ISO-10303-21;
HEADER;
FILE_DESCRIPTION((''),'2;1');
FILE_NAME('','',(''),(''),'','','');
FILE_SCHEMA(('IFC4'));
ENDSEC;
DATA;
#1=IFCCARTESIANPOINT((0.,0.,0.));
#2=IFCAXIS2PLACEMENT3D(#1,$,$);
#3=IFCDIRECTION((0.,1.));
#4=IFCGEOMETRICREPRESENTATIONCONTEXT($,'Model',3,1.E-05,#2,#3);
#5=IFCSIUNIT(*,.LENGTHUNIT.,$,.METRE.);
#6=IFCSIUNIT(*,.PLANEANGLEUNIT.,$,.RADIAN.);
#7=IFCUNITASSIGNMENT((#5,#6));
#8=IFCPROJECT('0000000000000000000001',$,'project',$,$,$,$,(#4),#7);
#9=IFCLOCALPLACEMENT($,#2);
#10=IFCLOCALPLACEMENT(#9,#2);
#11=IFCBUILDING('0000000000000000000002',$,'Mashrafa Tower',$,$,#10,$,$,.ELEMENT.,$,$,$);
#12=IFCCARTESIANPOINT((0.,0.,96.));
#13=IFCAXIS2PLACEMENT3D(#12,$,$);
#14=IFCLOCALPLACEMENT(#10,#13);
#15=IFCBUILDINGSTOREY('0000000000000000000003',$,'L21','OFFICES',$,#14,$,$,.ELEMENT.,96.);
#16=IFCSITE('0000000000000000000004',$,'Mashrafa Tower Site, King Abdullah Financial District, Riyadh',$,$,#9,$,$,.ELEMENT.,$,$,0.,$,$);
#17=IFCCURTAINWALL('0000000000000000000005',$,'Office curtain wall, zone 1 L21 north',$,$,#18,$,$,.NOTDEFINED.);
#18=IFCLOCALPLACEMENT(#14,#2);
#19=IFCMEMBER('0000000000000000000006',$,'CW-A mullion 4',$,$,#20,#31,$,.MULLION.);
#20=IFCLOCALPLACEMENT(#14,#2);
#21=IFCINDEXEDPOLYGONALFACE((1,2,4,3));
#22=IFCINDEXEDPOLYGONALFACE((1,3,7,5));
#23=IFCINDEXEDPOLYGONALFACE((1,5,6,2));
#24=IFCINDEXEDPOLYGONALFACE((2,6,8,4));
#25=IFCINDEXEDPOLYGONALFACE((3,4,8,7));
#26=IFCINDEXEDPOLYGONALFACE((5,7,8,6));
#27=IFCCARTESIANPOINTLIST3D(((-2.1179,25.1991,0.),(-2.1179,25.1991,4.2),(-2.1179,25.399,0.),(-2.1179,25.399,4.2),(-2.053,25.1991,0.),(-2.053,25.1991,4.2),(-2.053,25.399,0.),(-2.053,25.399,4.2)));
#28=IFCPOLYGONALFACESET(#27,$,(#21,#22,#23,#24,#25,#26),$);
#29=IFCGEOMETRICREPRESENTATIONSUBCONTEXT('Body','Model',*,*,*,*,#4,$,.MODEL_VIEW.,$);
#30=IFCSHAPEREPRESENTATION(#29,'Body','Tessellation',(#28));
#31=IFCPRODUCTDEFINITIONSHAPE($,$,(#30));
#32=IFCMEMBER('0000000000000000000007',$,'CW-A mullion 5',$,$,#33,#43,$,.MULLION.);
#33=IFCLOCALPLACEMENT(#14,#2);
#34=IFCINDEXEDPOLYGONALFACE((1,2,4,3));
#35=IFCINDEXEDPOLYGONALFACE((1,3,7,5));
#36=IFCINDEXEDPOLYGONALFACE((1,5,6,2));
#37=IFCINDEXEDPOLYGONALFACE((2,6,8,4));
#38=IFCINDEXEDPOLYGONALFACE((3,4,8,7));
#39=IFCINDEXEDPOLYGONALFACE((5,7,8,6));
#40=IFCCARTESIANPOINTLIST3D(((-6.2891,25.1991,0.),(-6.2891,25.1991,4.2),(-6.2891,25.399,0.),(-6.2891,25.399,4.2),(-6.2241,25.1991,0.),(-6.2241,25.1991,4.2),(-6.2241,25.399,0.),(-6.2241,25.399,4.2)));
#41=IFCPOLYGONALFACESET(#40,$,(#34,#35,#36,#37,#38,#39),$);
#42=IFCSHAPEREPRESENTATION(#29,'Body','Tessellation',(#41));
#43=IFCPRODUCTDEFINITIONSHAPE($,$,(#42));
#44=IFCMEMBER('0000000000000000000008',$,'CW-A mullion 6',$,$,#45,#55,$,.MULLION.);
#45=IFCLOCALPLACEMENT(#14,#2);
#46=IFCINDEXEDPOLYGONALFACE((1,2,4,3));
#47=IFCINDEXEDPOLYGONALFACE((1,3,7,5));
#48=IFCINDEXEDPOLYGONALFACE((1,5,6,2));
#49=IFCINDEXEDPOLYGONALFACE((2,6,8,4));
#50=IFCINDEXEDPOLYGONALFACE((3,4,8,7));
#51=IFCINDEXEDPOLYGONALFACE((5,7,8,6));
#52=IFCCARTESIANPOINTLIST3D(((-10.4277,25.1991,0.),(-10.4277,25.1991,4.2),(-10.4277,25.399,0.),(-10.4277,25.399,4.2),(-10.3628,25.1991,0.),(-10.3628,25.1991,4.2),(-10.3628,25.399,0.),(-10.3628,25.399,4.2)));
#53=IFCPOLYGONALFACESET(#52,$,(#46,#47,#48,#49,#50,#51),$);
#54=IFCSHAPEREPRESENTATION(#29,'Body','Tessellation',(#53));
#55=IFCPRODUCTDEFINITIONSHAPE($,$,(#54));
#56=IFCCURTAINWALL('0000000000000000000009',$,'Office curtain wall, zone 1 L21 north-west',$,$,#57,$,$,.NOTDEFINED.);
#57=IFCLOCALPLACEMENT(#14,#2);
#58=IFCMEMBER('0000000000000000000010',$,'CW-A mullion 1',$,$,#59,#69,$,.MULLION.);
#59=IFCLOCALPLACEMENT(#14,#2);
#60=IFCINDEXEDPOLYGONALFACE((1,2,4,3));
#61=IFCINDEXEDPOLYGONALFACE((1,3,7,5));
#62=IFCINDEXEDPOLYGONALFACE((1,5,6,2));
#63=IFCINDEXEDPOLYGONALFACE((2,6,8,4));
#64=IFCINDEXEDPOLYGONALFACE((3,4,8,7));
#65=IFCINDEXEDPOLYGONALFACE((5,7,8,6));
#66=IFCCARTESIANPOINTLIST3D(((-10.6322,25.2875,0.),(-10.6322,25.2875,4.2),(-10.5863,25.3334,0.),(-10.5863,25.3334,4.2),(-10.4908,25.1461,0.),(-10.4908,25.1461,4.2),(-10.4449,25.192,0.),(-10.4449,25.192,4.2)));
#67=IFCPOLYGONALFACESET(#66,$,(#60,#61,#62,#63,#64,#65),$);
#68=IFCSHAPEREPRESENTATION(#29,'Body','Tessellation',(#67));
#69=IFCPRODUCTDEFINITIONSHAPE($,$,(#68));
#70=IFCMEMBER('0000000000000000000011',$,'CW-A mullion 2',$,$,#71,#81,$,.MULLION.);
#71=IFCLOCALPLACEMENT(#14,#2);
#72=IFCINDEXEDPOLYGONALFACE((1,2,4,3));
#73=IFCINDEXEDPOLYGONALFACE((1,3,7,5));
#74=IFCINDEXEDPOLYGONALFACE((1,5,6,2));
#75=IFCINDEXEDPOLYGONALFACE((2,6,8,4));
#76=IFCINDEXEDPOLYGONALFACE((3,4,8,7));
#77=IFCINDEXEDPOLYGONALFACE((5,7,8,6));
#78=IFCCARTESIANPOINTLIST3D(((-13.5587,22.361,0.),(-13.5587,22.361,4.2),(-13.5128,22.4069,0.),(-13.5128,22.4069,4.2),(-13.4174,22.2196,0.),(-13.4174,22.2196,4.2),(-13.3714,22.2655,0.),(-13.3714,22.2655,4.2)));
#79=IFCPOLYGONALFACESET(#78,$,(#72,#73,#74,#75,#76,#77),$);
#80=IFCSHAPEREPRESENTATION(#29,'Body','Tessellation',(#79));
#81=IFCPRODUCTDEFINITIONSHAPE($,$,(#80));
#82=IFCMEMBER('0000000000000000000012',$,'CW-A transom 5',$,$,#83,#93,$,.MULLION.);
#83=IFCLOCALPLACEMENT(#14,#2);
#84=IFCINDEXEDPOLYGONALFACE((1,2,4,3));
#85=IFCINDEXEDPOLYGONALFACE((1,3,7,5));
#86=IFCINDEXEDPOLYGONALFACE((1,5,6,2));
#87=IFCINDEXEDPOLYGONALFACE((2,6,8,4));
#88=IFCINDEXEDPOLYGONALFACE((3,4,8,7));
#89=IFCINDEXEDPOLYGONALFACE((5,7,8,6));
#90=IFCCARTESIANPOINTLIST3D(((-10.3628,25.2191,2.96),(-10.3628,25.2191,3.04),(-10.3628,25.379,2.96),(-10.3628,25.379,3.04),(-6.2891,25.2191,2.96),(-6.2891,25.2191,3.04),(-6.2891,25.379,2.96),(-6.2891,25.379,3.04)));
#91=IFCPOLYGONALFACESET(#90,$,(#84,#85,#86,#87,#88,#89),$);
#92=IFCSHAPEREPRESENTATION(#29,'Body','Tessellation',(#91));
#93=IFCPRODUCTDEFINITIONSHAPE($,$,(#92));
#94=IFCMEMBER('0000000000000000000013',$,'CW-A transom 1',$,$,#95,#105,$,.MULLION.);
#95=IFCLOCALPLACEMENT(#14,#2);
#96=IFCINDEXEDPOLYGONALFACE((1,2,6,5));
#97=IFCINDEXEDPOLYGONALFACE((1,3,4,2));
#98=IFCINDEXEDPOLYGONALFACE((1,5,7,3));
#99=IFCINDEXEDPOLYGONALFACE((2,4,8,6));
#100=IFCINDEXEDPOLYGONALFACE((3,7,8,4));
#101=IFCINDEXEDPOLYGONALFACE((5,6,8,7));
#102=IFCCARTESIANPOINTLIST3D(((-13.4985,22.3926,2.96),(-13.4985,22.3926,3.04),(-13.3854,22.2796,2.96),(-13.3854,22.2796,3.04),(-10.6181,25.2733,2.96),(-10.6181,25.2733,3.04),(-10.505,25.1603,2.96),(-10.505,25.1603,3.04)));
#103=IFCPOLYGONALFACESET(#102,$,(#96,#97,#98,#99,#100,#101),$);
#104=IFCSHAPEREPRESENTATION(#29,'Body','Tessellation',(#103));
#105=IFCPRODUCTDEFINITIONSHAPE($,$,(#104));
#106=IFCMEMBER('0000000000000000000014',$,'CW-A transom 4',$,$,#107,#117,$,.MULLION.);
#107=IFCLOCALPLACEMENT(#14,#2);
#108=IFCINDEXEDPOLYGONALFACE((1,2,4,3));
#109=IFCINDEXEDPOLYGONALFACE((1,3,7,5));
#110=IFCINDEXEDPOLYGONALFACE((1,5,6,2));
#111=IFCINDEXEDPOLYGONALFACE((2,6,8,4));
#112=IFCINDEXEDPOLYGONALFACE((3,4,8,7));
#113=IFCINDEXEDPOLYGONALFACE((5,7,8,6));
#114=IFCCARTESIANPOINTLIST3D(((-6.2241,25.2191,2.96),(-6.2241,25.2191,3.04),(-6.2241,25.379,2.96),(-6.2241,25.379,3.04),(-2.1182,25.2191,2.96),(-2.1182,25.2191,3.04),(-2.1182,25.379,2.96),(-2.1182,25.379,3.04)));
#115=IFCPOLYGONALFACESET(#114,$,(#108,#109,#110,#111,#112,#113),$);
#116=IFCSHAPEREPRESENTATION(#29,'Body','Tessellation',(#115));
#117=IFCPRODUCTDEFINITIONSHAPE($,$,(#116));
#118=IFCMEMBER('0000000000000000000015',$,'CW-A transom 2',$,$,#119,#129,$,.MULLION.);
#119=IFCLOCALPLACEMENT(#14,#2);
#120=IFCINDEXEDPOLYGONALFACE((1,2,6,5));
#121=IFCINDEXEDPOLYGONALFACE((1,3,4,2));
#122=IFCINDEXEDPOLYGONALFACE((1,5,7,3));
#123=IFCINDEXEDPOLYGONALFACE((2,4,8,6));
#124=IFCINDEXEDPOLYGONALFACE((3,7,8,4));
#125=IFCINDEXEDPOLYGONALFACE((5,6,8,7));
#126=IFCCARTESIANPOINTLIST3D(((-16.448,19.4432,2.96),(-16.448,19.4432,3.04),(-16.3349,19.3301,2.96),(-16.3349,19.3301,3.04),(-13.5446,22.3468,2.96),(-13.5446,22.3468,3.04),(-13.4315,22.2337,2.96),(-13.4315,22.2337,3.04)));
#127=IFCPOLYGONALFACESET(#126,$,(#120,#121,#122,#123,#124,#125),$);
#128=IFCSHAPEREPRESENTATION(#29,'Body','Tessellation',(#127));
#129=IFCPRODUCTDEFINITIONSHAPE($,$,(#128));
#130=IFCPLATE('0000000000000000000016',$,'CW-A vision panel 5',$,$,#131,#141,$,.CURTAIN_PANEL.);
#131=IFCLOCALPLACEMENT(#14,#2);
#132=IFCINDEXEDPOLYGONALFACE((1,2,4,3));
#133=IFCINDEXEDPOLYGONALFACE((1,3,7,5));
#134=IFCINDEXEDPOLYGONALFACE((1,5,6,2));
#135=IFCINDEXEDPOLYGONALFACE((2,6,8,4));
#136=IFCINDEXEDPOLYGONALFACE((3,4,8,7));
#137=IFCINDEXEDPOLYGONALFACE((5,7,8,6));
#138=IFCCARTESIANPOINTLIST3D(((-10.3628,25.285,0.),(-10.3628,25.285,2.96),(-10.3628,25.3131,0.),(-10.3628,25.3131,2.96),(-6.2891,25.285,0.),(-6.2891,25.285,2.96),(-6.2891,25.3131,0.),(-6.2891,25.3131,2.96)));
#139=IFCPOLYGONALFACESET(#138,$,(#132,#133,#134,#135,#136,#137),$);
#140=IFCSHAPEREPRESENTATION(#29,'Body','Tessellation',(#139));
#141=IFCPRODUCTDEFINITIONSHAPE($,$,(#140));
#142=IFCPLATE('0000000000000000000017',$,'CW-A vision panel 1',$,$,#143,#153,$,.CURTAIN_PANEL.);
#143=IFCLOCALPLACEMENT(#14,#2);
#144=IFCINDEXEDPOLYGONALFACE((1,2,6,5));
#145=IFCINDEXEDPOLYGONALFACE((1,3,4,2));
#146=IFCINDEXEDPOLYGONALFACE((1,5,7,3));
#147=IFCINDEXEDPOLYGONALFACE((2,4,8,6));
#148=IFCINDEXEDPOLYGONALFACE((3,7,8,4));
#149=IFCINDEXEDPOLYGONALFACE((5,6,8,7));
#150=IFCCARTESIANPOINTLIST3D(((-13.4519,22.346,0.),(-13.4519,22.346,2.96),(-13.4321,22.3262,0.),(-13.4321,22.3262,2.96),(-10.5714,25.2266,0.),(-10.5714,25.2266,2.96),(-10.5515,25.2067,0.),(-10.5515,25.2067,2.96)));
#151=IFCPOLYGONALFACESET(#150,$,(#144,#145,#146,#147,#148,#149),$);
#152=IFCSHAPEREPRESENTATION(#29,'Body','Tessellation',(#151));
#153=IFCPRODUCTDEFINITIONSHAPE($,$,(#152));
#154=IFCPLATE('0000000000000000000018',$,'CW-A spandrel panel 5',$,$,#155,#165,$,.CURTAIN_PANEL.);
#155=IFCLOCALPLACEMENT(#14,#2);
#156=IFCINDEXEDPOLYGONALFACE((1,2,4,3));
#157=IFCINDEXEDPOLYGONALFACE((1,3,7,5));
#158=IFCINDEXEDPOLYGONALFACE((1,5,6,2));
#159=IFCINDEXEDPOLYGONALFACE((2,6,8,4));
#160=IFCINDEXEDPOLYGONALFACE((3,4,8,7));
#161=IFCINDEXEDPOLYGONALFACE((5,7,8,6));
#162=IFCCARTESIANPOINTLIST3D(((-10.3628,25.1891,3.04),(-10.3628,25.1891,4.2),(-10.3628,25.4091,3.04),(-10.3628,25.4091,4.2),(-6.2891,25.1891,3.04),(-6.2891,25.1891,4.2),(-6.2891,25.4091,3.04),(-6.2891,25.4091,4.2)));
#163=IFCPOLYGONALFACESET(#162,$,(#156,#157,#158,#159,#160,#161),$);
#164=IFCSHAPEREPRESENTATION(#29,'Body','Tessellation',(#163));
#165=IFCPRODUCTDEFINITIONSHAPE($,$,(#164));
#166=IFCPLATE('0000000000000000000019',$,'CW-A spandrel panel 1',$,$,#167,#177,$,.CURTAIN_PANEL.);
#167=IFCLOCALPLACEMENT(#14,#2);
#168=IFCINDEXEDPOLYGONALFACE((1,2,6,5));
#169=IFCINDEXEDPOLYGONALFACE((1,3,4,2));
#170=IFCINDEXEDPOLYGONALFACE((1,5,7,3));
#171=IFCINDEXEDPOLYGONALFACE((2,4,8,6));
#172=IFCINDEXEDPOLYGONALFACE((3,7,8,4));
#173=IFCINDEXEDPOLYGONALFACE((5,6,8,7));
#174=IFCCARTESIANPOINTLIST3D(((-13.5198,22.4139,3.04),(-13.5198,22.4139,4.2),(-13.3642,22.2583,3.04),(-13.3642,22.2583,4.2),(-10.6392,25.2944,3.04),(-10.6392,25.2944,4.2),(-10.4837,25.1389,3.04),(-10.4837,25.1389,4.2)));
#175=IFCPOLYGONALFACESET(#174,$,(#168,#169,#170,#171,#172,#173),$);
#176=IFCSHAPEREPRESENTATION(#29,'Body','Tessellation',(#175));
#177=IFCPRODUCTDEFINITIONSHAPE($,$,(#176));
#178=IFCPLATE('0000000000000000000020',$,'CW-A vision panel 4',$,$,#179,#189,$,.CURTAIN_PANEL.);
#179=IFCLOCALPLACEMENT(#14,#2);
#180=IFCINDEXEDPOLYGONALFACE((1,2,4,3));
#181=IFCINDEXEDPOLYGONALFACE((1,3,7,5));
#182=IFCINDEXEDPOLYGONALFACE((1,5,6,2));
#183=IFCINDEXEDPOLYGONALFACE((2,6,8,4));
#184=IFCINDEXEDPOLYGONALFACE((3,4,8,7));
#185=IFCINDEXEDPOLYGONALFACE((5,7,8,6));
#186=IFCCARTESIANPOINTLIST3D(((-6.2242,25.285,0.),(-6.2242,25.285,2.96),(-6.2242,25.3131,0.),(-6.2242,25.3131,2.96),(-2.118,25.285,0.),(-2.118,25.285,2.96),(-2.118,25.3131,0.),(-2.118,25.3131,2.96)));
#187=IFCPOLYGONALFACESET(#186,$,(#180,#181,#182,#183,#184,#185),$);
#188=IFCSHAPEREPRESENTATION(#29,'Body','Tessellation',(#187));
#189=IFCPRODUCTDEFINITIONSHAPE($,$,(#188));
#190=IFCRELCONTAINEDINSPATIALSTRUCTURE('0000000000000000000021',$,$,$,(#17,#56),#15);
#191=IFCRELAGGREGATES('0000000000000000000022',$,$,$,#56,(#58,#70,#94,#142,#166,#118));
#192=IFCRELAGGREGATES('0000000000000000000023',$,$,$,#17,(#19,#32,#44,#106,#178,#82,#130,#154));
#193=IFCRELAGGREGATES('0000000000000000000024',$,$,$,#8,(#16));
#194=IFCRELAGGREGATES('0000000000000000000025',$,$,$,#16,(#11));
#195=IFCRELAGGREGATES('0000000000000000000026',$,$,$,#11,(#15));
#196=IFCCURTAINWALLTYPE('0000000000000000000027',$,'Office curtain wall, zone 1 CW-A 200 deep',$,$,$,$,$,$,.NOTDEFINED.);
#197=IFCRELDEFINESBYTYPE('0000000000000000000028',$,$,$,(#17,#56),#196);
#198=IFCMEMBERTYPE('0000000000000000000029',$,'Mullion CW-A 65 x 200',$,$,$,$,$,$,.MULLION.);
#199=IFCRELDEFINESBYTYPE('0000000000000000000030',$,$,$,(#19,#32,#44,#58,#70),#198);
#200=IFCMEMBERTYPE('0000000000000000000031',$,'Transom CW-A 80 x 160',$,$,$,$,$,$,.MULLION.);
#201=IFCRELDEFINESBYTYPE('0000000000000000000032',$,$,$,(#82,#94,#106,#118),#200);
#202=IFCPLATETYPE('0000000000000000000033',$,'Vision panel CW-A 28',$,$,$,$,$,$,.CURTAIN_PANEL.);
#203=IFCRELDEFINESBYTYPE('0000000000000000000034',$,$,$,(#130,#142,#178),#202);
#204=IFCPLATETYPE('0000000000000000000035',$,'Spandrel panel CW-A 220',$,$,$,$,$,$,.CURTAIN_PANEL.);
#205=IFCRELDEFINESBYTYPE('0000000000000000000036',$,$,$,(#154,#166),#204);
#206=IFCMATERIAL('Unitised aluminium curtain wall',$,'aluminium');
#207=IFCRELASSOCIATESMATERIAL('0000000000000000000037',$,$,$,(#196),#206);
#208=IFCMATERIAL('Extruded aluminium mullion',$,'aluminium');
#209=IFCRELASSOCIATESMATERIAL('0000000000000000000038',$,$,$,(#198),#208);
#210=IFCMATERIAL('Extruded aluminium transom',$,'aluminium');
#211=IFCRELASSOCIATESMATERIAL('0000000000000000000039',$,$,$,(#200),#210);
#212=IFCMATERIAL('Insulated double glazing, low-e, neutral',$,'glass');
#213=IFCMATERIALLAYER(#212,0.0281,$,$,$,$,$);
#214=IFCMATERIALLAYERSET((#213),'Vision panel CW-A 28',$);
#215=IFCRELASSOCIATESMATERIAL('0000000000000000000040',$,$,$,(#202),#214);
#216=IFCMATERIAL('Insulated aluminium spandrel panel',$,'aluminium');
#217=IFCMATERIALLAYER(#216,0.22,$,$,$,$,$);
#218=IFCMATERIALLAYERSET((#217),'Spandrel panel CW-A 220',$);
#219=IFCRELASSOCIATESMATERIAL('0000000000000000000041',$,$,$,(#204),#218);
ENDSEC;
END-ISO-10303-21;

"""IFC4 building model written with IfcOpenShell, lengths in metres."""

from ifc_helpers import new_model, si_unit, direction, frame, origin, origin_2d, place, context, subcontext, project, spatial, rectangle, extrude, source, transform, mapped, material, layer, layer_set, material_profile, profile_set, type_object, type_shapes, element, aggregate, save


model = new_model("IFC4")

# Units and contexts
model_context = context("Model", 3, precision=1e-05, world=origin(), true_north=direction((0.0, 1.0)))
body_context = subcontext(model_context, "Body", "Model", "MODEL_VIEW")
ifc_project = project(units=[si_unit("LENGTHUNIT", "METRE"), si_unit("PLANEANGLEUNIT", "RADIAN")], contexts=[model_context])

# Site, building, storey
site_placement = place(None, origin())
site = spatial("IfcSite", under=ifc_project, at=site_placement, Name="Mashrafa Tower Site, King Abdullah Financial District, Riyadh", CompositionType="ELEMENT", RefElevation=0.0)
building_placement = place(site_placement, origin())
building = spatial("IfcBuilding", under=site, at=building_placement, Name="Mashrafa Tower", CompositionType="ELEMENT")
storey_placement = place(building_placement, frame((0.0, 0.0, 96.0)))
storey = spatial("IfcBuildingStorey", under=building, at=storey_placement, Name="L21", Description="OFFICES", CompositionType="ELEMENT", Elevation=96.0)

# Curtain walls, members
ifc_material_1 = material(Name="Unitised aluminium curtain wall", Category="aluminium")
curtain_wall_type = type_object("IfcCurtainWallType", Name="Office curtain wall, zone 1 CW-A 200 deep", PredefinedType="NOTDEFINED", material=ifc_material_1)
curtain_wall_1_placement = place(storey_placement, origin())
curtain_wall_1 = element("IfcCurtainWall", 1, at=curtain_wall_1_placement, inside=storey, type_object=curtain_wall_type, Name="Office curtain wall, zone 1 L21 north", PredefinedType="NOTDEFINED")
ifc_material_2 = material(Name="Extruded aluminium mullion", Category="aluminium")
ifc_material_profile_1 = material_profile(ifc_material_2, rectangle(XDim=0.2, YDim=0.0649, at=origin_2d()), Name="Mullion 65x200")
ifc_profile_set_1 = profile_set([ifc_material_profile_1], Name="Extruded aluminium mullion")
member_type_1 = type_object("IfcMemberType", Name="Mullion CW-A 65 x 200", PredefinedType="MULLION", material=ifc_profile_set_1)
shared_shape_1 = source(origin(), body_context, "Body", "SweptSolid", [
    extrude(rectangle(XDim=0.2, YDim=0.0649, at=origin_2d()), origin(), (0.0, 0.0, 1.0), 4.2),
])
type_shapes(member_type_1, [shared_shape_1])
member_1_placement = place(storey_placement, frame((-2.0854, 25.2991, 0.0), z_axis=(0.0, 0.0, 1.0), x_axis=(0.0, -1.0, 0.0)))
member_1 = element("IfcMember", 2, at=member_1_placement, type_object=member_type_1, Name="CW-A mullion 4", PredefinedType="MULLION", context=body_context, shape_type="MappedRepresentation", body=[
    mapped(shared_shape_1, transform((0.0, 0.0, 0.0))),
])
member_2_placement = place(storey_placement, frame((-6.2566, 25.2991, 0.0), z_axis=(0.0, 0.0, 1.0), x_axis=(0.0, -1.0, 0.0)))
member_2 = element("IfcMember", 3, at=member_2_placement, type_object=member_type_1, Name="CW-A mullion 5", PredefinedType="MULLION", context=body_context, shape_type="MappedRepresentation", body=[
    mapped(shared_shape_1, transform((0.0, 0.0, 0.0))),
])
member_3_placement = place(storey_placement, frame((-10.3953, 25.2991, 0.0), z_axis=(0.0, 0.0, 1.0), x_axis=(0.0, -1.0, 0.0)))
member_3 = element("IfcMember", 4, at=member_3_placement, type_object=member_type_1, Name="CW-A mullion 6", PredefinedType="MULLION", context=body_context, shape_type="MappedRepresentation", body=[
    mapped(shared_shape_1, transform((0.0, 0.0, 0.0))),
])
curtain_wall_2_placement = place(storey_placement, origin())
curtain_wall_2 = element("IfcCurtainWall", 5, at=curtain_wall_2_placement, inside=storey, type_object=curtain_wall_type, Name="Office curtain wall, zone 1 L21 north-west", PredefinedType="NOTDEFINED")
member_4_placement = place(storey_placement, frame((-10.5386, 25.2397, 0.0), z_axis=(0.0, 0.0, 1.0), x_axis=(0.707107, -0.707107, 0.0)))
member_4 = element("IfcMember", 6, at=member_4_placement, type_object=member_type_1, Name="CW-A mullion 1", PredefinedType="MULLION", context=body_context, shape_type="MappedRepresentation", body=[
    mapped(shared_shape_1, transform((0.0, 0.0, 0.0))),
])
member_5_placement = place(storey_placement, frame((-13.4651, 22.3132, 0.0), z_axis=(0.0, 0.0, 1.0), x_axis=(0.707107, -0.707107, 0.0)))
member_5 = element("IfcMember", 7, at=member_5_placement, type_object=member_type_1, Name="CW-A mullion 2", PredefinedType="MULLION", context=body_context, shape_type="MappedRepresentation", body=[
    mapped(shared_shape_1, transform((0.0, 0.0, 0.0))),
])

# Members
ifc_material_3 = material(Name="Extruded aluminium transom", Category="aluminium")
ifc_material_profile_2 = material_profile(ifc_material_3, rectangle(XDim=0.1599, YDim=0.0801, at=origin_2d()), Name="Transom 80x160")
ifc_profile_set_2 = profile_set([ifc_material_profile_2], Name="Extruded aluminium transom")
member_type_2 = type_object("IfcMemberType", Name="Transom CW-A 80 x 160", PredefinedType="MULLION", material=ifc_profile_set_2)
shared_shape_2 = source(origin(), body_context, "Body", "SweptSolid", [
    extrude(rectangle(XDim=0.1599, YDim=0.0801, at=origin_2d()), origin(), (0.0, 0.0, 1.0), 4.0737),
])
member_6_placement = place(storey_placement, frame((-6.2891, 25.2991, 3.0), z_axis=(-1.0, 0.0, 0.0), x_axis=(0.0, -1.0, 0.0)))
member_6 = element("IfcMember", 8, at=member_6_placement, type_object=member_type_2, Name="CW-A transom 5", PredefinedType="MULLION", context=body_context, shape_type="MappedRepresentation", body=[
    mapped(shared_shape_2, transform((0.0, 0.0, 0.0))),
])
member_7_placement = place(storey_placement, frame((-10.5615, 25.2168, 3.0), z_axis=(-0.707077, -0.707137, 0.0), x_axis=(0.707137, -0.707077, 0.0)))
member_7 = element("IfcMember", 9, at=member_7_placement, type_object=member_type_2, Name="CW-A transom 1", PredefinedType="MULLION", context=body_context, shape_type="MappedRepresentation", body=[
    mapped(shared_shape_2, transform((0.0, 0.0, 0.0))),
])
shared_shape_3 = source(origin(), body_context, "Body", "SweptSolid", [
    extrude(rectangle(XDim=0.1599, YDim=0.0801, at=origin_2d()), origin(), (0.0, 0.0, 1.0), 4.106),
])
member_8_placement = place(storey_placement, frame((-2.1182, 25.2991, 3.0), z_axis=(-1.0, 0.0, 0.0), x_axis=(0.0, -1.0, 0.0)))
member_8 = element("IfcMember", 10, at=member_8_placement, type_object=member_type_2, Name="CW-A transom 4", PredefinedType="MULLION", context=body_context, shape_type="MappedRepresentation", body=[
    mapped(shared_shape_3, transform((0.0, 0.0, 0.0))),
])
shared_shape_4 = source(origin(), body_context, "Body", "SweptSolid", [
    extrude(rectangle(XDim=0.1599, YDim=0.0801, at=origin_2d()), origin(), (0.0, 0.0, 1.0), 4.1062),
])
type_shapes(member_type_2, [shared_shape_2, shared_shape_3, shared_shape_4])
member_9_placement = place(storey_placement, frame((-13.488, 22.2903, 3.0), z_axis=(-0.707077, -0.707137, 0.0), x_axis=(0.707137, -0.707077, 0.0)))
member_9 = element("IfcMember", 11, at=member_9_placement, type_object=member_type_2, Name="CW-A transom 2", PredefinedType="MULLION", context=body_context, shape_type="MappedRepresentation", body=[
    mapped(shared_shape_4, transform((0.0, 0.0, 0.0))),
])

# Plates
ifc_material_4 = material(Name="Insulated double glazing, low-e, neutral", Category="glass")
ifc_layer_1 = layer(ifc_material_4, 0.0281)
ifc_layer_set_1 = layer_set([ifc_layer_1], Name="Vision panel CW-A 28")
plate_type_1 = type_object("IfcPlateType", Name="Vision panel CW-A 28", PredefinedType="CURTAIN_PANEL", material=ifc_layer_set_1)
shared_shape_5 = source(origin(), body_context, "Body", "SweptSolid", [
    extrude(rectangle(XDim=4.0737, YDim=0.0281, at=origin_2d()), origin(), (0.0, 0.0, 1.0), 2.96),
])
plate_1_placement = place(storey_placement, frame((-8.3259, 25.2991, 0.0), z_axis=(0.0, 0.0, 1.0), x_axis=(-1.0, 0.0, 0.0)))
plate_1 = element("IfcPlate", 12, at=plate_1_placement, type_object=plate_type_1, Name="CW-A vision panel 5", PredefinedType="CURTAIN_PANEL", context=body_context, shape_type="MappedRepresentation", body=[
    mapped(shared_shape_5, transform((0.0, 0.0, 0.0))),
])
plate_2_placement = place(storey_placement, frame((-12.0017, 23.7764, 0.0), z_axis=(0.0, 0.0, 1.0), x_axis=(-0.707107, -0.707107, 0.0)))
plate_2 = element("IfcPlate", 13, at=plate_2_placement, type_object=plate_type_1, Name="CW-A vision panel 1", PredefinedType="CURTAIN_PANEL", context=body_context, shape_type="MappedRepresentation", body=[
    mapped(shared_shape_5, transform((0.0, 0.0, 0.0))),
])
ifc_material_5 = material(Name="Insulated aluminium spandrel panel", Category="aluminium")
ifc_layer_2 = layer(ifc_material_5, 0.22)
ifc_layer_set_2 = layer_set([ifc_layer_2], Name="Spandrel panel CW-A 220")
plate_type_2 = type_object("IfcPlateType", Name="Spandrel panel CW-A 220", PredefinedType="CURTAIN_PANEL", material=ifc_layer_set_2)
shared_shape_6 = source(origin(), body_context, "Body", "SweptSolid", [
    extrude(rectangle(XDim=4.0737, YDim=0.22, at=origin_2d()), origin(), (0.0, 0.0, 1.0), 1.1599),
])
plate_3_placement = place(storey_placement, frame((-8.3259, 25.2991, 3.04), z_axis=(0.0, 0.0, 1.0), x_axis=(-1.0, 0.0, 0.0)))
plate_3 = element("IfcPlate", 14, at=plate_3_placement, type_object=plate_type_2, Name="CW-A spandrel panel 5", PredefinedType="CURTAIN_PANEL", context=body_context, shape_type="MappedRepresentation", body=[
    mapped(shared_shape_6, transform((0.0, 0.0, 0.0))),
])
plate_4_placement = place(storey_placement, frame((-12.0017, 23.7764, 3.04), z_axis=(0.0, 0.0, 1.0), x_axis=(-0.707107, -0.707107, 0.0)))
plate_4 = element("IfcPlate", 15, at=plate_4_placement, type_object=plate_type_2, Name="CW-A spandrel panel 1", PredefinedType="CURTAIN_PANEL", context=body_context, shape_type="MappedRepresentation", body=[
    mapped(shared_shape_6, transform((0.0, 0.0, 0.0))),
])
aggregate(curtain_wall_2, [member_4, member_5, member_7, plate_2, plate_4, member_9])
shared_shape_7 = source(origin(), body_context, "Body", "SweptSolid", [
    extrude(rectangle(XDim=4.1062, YDim=0.0281, at=origin_2d()), origin(), (0.0, 0.0, 1.0), 2.96),
])
type_shapes(plate_type_1, [shared_shape_5, shared_shape_7])
plate_5_placement = place(storey_placement, frame((-4.1711, 25.2991, 0.0), z_axis=(0.0, 0.0, 1.0), x_axis=(-1.0, 0.0, 0.0)))
plate_5 = element("IfcPlate", 16, at=plate_5_placement, type_object=plate_type_1, Name="CW-A vision panel 4", PredefinedType="CURTAIN_PANEL", context=body_context, shape_type="MappedRepresentation", body=[
    mapped(shared_shape_7, transform((0.0, 0.0, 0.0))),
])
aggregate(curtain_wall_1, [member_1, member_2, member_3, member_8, plate_5, member_6, plate_1, plate_3])

save(model, "model.ifc")
